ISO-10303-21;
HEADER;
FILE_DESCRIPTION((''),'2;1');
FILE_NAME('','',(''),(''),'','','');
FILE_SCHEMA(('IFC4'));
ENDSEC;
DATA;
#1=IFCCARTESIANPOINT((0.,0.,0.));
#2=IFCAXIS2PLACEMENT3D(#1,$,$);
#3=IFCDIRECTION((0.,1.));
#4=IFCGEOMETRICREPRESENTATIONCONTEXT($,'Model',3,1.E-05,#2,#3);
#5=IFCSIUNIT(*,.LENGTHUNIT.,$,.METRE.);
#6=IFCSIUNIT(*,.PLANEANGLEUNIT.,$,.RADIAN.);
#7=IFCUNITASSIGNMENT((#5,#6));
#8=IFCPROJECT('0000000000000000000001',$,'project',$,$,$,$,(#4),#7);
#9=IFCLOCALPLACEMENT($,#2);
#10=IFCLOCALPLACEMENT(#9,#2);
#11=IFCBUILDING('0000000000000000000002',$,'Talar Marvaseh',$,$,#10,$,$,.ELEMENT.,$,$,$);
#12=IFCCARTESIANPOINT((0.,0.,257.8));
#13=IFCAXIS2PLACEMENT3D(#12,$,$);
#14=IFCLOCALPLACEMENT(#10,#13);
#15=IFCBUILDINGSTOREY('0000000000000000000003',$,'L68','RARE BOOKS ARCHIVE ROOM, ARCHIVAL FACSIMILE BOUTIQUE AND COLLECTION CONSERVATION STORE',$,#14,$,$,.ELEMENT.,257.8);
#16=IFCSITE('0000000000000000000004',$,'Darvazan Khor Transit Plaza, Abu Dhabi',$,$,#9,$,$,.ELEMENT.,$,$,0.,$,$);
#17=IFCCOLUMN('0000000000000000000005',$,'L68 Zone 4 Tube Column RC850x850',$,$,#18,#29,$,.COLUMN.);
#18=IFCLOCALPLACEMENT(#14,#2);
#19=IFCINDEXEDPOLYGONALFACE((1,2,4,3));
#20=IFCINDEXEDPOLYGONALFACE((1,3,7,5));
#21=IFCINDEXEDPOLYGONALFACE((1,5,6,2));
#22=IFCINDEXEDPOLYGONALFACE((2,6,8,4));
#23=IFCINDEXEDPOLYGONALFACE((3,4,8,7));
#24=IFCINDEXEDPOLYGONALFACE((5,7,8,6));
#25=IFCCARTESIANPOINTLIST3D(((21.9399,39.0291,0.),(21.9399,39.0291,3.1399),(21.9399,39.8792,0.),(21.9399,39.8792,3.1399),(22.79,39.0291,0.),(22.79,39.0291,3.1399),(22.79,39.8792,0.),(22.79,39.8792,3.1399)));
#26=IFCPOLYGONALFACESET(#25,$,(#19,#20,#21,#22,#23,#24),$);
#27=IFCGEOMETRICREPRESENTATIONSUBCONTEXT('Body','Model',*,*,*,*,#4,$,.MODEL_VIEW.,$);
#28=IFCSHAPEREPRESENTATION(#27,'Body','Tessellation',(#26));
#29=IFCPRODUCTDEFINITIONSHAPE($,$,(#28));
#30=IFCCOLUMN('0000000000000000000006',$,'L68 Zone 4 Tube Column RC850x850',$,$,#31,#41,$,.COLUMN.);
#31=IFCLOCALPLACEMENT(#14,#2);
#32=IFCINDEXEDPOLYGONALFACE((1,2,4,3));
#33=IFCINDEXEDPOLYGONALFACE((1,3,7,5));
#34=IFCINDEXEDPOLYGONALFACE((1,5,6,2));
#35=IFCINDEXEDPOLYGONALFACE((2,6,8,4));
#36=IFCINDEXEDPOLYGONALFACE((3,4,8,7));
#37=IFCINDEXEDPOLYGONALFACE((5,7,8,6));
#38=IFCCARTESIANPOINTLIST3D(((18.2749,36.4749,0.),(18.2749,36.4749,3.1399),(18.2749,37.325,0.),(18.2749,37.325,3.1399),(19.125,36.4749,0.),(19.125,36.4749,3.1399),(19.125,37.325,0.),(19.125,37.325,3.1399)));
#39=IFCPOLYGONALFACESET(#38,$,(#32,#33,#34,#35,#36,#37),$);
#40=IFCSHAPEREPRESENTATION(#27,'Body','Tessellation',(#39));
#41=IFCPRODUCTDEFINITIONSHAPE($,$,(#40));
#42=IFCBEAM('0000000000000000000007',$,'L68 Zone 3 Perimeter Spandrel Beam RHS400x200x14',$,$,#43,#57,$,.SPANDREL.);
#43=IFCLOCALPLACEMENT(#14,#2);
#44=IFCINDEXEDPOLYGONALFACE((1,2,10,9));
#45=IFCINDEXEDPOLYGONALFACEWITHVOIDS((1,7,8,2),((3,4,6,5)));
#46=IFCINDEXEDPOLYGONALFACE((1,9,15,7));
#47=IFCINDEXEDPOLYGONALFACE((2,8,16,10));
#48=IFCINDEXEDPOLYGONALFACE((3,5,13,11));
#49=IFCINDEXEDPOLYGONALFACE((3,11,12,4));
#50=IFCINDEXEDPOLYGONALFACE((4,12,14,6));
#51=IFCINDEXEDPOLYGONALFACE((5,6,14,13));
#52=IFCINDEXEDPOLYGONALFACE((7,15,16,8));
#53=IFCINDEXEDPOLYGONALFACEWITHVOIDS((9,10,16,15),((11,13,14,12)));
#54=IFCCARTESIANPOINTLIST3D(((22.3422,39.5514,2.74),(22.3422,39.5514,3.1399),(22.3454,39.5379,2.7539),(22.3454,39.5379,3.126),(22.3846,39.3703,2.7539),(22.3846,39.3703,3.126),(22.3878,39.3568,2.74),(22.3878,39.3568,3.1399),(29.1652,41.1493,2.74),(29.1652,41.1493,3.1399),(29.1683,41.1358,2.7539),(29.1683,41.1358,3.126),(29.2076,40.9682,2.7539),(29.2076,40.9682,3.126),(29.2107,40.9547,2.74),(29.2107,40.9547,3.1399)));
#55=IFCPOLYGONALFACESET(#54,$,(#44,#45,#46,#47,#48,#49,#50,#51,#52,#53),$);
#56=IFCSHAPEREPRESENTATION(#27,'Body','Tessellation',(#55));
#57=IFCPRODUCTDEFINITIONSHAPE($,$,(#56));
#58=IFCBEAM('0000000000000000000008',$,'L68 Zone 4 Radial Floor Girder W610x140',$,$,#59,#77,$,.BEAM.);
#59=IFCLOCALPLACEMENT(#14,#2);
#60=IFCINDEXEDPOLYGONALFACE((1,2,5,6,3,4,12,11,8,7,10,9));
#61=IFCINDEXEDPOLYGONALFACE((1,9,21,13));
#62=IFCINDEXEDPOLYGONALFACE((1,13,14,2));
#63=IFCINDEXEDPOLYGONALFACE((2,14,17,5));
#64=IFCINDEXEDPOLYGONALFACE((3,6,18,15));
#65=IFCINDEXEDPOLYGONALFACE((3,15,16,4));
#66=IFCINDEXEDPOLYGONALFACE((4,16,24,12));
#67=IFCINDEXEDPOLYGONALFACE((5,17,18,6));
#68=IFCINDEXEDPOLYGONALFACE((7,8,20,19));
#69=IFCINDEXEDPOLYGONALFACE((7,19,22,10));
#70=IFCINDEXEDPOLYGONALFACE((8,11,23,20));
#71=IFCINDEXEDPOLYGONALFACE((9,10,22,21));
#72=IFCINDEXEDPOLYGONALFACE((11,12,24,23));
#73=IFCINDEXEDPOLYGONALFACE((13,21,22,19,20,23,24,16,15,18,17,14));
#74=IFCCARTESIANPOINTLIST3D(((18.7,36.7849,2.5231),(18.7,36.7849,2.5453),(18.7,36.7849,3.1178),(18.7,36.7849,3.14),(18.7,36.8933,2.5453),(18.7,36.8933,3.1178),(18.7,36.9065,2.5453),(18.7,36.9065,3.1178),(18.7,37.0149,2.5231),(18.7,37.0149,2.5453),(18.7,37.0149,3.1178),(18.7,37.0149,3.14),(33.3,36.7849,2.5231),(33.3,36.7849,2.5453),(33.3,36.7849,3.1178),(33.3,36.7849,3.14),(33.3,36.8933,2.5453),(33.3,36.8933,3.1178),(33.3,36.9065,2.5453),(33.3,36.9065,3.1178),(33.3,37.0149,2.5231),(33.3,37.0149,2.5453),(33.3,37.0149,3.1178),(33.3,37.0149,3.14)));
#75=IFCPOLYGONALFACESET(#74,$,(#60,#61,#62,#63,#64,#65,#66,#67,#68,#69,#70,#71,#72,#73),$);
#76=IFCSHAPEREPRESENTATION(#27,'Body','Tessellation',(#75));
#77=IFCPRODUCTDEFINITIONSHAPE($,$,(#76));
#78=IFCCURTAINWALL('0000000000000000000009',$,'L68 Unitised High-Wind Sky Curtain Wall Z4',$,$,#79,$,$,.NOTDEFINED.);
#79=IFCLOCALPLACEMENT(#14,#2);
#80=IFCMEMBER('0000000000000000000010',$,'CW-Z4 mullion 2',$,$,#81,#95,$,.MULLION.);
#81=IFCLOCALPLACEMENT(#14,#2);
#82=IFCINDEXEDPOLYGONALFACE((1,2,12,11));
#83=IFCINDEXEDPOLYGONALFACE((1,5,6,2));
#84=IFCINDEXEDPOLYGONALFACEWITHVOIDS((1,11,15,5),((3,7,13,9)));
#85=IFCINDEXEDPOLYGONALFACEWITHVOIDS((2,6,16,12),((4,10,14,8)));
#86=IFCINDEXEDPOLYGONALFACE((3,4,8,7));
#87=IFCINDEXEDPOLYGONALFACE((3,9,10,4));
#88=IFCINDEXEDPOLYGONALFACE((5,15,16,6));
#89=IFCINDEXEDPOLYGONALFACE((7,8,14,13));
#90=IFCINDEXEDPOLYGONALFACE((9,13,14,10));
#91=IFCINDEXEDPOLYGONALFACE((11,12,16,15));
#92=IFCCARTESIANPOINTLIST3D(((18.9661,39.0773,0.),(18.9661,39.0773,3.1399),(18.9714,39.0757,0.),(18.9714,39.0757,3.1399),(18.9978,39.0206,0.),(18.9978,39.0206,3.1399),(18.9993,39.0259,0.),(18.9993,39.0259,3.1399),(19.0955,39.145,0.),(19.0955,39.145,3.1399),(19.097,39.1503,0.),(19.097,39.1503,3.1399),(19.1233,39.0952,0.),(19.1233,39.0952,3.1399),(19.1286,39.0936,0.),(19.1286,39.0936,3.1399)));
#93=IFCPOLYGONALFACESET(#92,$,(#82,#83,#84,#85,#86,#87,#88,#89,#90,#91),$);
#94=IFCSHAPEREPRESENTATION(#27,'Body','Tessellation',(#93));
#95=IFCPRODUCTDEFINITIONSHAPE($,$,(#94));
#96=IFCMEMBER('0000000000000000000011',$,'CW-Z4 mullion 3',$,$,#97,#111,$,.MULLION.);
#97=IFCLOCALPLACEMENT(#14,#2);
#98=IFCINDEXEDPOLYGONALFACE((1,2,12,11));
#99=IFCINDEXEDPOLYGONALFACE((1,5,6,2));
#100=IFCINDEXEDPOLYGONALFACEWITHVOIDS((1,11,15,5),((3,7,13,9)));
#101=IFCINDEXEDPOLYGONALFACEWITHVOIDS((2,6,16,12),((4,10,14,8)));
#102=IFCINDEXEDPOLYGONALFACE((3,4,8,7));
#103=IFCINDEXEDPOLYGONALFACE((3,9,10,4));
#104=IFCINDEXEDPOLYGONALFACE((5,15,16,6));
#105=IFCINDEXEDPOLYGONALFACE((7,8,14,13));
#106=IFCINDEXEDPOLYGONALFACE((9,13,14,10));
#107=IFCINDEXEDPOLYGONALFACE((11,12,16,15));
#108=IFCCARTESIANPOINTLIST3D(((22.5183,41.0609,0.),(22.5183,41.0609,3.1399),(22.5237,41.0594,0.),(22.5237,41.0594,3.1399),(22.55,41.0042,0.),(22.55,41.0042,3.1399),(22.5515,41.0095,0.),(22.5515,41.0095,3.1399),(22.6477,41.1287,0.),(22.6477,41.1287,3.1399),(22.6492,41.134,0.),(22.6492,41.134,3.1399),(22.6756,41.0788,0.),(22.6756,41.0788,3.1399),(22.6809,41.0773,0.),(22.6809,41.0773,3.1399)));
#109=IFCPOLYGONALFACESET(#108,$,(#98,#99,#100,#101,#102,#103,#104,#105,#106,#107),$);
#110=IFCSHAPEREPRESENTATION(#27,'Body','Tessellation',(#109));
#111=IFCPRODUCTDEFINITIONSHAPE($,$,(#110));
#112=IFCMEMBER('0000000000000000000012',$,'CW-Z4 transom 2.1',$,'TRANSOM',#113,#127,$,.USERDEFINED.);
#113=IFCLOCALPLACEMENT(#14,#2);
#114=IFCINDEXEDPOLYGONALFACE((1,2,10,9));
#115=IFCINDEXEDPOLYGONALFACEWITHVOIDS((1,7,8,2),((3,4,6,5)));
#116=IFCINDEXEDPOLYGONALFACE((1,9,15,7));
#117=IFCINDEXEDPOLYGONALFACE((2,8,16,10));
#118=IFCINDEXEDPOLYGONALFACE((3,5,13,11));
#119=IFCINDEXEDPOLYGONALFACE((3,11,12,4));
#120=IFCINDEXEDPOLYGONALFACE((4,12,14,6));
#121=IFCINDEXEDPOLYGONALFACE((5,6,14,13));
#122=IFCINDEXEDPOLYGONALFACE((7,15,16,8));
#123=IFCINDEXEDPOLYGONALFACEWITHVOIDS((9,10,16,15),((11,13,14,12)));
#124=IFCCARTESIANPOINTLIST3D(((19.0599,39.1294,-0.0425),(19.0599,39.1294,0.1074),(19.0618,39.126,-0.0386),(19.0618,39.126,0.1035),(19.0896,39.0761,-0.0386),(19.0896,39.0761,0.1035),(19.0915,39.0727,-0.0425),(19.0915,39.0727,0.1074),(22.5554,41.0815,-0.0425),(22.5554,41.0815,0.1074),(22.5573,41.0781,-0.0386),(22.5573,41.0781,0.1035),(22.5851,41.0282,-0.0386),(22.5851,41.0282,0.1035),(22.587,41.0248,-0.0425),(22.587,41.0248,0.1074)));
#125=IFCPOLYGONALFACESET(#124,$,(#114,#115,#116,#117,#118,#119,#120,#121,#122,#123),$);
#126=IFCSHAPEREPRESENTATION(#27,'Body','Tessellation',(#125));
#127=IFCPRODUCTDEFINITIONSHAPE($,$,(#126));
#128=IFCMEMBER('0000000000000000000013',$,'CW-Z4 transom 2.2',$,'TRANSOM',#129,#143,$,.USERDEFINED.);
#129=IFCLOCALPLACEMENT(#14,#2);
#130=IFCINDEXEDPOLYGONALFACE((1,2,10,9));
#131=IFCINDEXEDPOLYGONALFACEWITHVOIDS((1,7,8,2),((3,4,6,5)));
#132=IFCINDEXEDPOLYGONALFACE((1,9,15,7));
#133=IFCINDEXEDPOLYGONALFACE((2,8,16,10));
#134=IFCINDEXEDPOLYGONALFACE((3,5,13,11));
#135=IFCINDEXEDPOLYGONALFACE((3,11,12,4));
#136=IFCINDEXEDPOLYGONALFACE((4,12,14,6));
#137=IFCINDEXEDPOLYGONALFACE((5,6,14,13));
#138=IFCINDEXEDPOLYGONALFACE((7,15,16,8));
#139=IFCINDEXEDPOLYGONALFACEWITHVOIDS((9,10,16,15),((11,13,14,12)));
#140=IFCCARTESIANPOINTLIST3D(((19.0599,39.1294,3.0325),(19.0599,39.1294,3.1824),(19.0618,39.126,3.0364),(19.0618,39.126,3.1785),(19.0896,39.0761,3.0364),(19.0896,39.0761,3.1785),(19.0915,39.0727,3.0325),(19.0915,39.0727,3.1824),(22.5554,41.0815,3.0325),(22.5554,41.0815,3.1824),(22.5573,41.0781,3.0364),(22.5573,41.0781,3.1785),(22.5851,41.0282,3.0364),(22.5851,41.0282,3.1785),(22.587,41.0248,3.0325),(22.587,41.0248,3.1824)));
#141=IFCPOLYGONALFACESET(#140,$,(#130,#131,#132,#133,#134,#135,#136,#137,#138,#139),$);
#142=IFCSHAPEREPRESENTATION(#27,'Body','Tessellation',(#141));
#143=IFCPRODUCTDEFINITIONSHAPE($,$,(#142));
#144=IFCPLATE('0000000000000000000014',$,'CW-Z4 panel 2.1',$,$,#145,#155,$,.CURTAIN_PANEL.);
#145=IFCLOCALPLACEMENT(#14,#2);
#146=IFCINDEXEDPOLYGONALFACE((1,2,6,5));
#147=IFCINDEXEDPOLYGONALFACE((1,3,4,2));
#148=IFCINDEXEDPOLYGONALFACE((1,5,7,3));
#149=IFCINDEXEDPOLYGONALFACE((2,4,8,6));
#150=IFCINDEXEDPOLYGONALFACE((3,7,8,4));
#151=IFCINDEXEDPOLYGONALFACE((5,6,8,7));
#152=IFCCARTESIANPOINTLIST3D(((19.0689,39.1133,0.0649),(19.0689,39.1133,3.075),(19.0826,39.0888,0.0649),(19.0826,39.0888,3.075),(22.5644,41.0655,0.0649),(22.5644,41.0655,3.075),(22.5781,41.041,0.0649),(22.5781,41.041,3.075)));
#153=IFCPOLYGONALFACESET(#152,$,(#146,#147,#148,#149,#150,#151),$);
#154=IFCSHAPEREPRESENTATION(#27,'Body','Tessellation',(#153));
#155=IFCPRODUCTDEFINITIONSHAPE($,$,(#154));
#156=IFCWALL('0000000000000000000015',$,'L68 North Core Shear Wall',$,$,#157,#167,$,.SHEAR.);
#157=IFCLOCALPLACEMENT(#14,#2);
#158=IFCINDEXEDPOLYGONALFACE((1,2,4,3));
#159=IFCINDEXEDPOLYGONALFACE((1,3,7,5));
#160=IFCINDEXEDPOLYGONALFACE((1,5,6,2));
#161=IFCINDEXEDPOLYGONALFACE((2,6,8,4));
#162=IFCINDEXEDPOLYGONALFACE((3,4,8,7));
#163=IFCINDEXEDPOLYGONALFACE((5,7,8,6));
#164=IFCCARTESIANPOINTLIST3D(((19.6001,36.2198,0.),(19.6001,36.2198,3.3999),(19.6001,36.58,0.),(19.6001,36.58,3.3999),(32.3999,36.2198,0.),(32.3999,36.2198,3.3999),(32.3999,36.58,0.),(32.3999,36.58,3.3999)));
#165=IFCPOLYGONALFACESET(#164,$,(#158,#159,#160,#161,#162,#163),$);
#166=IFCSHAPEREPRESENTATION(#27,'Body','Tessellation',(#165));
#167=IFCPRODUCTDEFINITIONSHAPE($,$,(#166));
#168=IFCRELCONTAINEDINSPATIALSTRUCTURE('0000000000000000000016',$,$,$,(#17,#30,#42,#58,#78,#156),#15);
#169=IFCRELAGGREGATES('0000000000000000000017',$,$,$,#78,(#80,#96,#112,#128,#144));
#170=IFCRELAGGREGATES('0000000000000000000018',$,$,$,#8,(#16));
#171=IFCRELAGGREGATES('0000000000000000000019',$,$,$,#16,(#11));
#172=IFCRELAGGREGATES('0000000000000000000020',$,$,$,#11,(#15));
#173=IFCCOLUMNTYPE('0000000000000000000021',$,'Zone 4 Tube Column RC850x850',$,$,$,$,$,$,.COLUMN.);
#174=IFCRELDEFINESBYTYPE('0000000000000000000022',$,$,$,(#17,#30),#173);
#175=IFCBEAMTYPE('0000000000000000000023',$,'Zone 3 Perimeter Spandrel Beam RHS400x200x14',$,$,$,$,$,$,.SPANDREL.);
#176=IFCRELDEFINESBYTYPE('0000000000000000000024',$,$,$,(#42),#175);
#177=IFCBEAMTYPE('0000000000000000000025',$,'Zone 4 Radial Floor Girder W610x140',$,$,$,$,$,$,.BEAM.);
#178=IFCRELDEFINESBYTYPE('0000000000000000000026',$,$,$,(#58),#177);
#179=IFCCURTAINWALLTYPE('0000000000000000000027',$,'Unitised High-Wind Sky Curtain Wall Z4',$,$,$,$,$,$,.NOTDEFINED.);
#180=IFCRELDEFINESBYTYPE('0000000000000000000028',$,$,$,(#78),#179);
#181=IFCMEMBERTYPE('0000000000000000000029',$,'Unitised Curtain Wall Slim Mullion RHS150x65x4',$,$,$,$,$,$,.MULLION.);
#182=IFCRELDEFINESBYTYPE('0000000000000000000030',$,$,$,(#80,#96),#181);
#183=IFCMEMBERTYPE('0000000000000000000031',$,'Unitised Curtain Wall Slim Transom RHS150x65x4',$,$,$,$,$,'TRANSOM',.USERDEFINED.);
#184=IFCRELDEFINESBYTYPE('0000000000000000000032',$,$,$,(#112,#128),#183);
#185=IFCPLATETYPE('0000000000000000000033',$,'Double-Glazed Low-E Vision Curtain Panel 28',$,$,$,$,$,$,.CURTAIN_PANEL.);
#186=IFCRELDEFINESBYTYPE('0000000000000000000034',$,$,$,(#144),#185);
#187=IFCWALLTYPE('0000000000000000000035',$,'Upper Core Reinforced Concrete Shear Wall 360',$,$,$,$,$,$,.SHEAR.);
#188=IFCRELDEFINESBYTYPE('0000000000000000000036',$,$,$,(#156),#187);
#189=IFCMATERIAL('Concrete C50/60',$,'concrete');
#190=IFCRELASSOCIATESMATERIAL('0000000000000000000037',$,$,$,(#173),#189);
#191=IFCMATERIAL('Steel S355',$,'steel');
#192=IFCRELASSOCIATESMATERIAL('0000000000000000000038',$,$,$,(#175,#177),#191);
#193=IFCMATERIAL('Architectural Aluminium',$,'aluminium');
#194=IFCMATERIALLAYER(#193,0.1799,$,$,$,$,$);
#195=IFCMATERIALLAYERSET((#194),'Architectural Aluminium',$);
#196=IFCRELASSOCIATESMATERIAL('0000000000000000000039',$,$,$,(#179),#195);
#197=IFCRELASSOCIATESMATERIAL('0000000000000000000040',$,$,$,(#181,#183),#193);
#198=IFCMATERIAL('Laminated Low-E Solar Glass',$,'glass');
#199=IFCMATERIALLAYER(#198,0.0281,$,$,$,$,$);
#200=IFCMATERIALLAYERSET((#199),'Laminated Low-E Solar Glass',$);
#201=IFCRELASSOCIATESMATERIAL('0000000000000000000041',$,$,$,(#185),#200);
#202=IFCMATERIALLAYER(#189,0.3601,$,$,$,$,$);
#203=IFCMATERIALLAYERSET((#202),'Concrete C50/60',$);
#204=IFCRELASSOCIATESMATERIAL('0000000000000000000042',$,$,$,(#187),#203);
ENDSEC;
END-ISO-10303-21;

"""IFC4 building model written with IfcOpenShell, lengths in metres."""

from ifc_helpers import new_model, si_unit, direction, frame, frame_2d, origin, origin_2d, place, context, subcontext, project, spatial, rectangle, hollow_rectangle, i_section, extrude, source, transform, mapped, material, layer, layer_set, material_profile, profile_set, type_object, type_shapes, element, aggregate, save


model = new_model("IFC4")

# Units and contexts
model_context = context("Model", 3, precision=1e-05, world=origin(), true_north=direction((0.0, 1.0)))
body_context = subcontext(model_context, "Body", "Model", "MODEL_VIEW")
ifc_project = project(units=[si_unit("LENGTHUNIT", "METRE"), si_unit("PLANEANGLEUNIT", "RADIAN")], contexts=[model_context])

# Site, building, storey
site_placement = place(None, origin())
site = spatial("IfcSite", under=ifc_project, at=site_placement, Name="Darvazan Khor Transit Plaza, Abu Dhabi", CompositionType="ELEMENT", RefElevation=0.0)
building_placement = place(site_placement, origin())
building = spatial("IfcBuilding", under=site, at=building_placement, Name="Talar Marvaseh", CompositionType="ELEMENT")
storey_placement = place(building_placement, frame((0.0, 0.0, 257.8)))
storey = spatial("IfcBuildingStorey", under=building, at=storey_placement, Name="L68", Description="RARE BOOKS ARCHIVE ROOM, ARCHIVAL FACSIMILE BOUTIQUE AND COLLECTION CONSERVATION STORE", CompositionType="ELEMENT", Elevation=257.8)

# Columns
ifc_material_1 = material(Name="Concrete C50/60", Category="concrete")
ifc_material_profile_1 = material_profile(ifc_material_1, rectangle(XDim=0.8501, YDim=0.8501, at=origin_2d()), Name="RC850x850")
ifc_profile_set_1 = profile_set([ifc_material_profile_1], Name="Concrete C50/60")
column_type = type_object("IfcColumnType", Name="Zone 4 Tube Column RC850x850", PredefinedType="COLUMN", material=ifc_profile_set_1)
for number, where, z_axis, x_axis, name in (
    (1, (22.365, 39.4541, 0.0), (0.0, 0.0, 1.0), (1.0, 0.0, 0.0), "L68 Zone 4 Tube Column RC850x850"),
    (2, (18.7, 36.8999, 0.0), (0.0, 0.0, 1.0), (1.0, 0.0, 0.0), "L68 Zone 4 Tube Column RC850x850"),
):
    element("IfcColumn", number, at=place(storey_placement, frame(where, z_axis=z_axis, x_axis=x_axis)), inside=storey, type_object=column_type, Name=name, PredefinedType="COLUMN", context=body_context, shape_type="SweptSolid", body=[
        extrude(rectangle(XDim=0.8501, YDim=0.8501, at=origin_2d()), origin(), (0.0, 0.0, 1.0), 3.1399),
    ])

# Beams
ifc_material_2 = material(Name="Steel S355", Category="steel")
ifc_material_profile_2 = material_profile(ifc_material_2, hollow_rectangle(XDim=0.2, YDim=0.3999, WallThickness=0.0139, at=origin_2d()), Name="RHS400x200x14")
ifc_profile_set_2 = profile_set([ifc_material_profile_2], Name="Steel S355")
beam_type_1 = type_object("IfcBeamType", Name="Zone 3 Perimeter Spandrel Beam RHS400x200x14", PredefinedType="SPANDREL", material=ifc_profile_set_2)
beam_1_placement = place(storey_placement, frame((22.365, 39.4541, 2.9399), z_axis=(0.973656, 0.228024, 0.0), x_axis=(-0.228024, 0.973656, 0.0)))
element("IfcBeam", 3, at=beam_1_placement, inside=storey, type_object=beam_type_1, Name="L68 Zone 3 Perimeter Spandrel Beam RHS400x200x14", PredefinedType="SPANDREL", context=body_context, shape_type="SweptSolid", body=[
    extrude(hollow_rectangle(XDim=0.2, YDim=0.3999, WallThickness=0.0139, at=origin_2d()), origin(), (0.0, 0.0, 1.0), 7.0076),
])
ifc_material_profile_3 = material_profile(ifc_material_2, i_section(OverallWidth=0.23, OverallDepth=0.6169, WebThickness=0.0132, FlangeThickness=0.0222, at=origin_2d()), Name="W610x140")
ifc_profile_set_3 = profile_set([ifc_material_profile_3], Name="Steel S355")
beam_type_2 = type_object("IfcBeamType", Name="Zone 4 Radial Floor Girder W610x140", PredefinedType="BEAM", material=ifc_profile_set_3)
beam_2_placement = place(storey_placement, frame((18.7, 36.8999, 2.8315), z_axis=(1.0, 0.0, 0.0), x_axis=(0.0, 1.0, 0.0)))
element("IfcBeam", 4, at=beam_2_placement, inside=storey, type_object=beam_type_2, Name="L68 Zone 4 Radial Floor Girder W610x140", PredefinedType="BEAM", context=body_context, shape_type="SweptSolid", body=[
    extrude(i_section(OverallWidth=0.23, OverallDepth=0.6169, WebThickness=0.0132, FlangeThickness=0.0222, at=origin_2d()), origin(), (0.0, 0.0, 1.0), 14.6001),
])

# Curtain wall, members, plate
ifc_material_3 = material(Name="Architectural Aluminium", Category="aluminium")
ifc_layer_1 = layer(ifc_material_3, 0.1799)
ifc_layer_set_1 = layer_set([ifc_layer_1], Name="Architectural Aluminium")
curtain_wall_type = type_object("IfcCurtainWallType", Name="Unitised High-Wind Sky Curtain Wall Z4", PredefinedType="NOTDEFINED", material=ifc_layer_set_1)
curtain_wall_placement = place(storey_placement, origin())
curtain_wall = element("IfcCurtainWall", 5, at=curtain_wall_placement, inside=storey, type_object=curtain_wall_type, Name="L68 Unitised High-Wind Sky Curtain Wall Z4", PredefinedType="NOTDEFINED")
ifc_material_profile_4 = material_profile(ifc_material_3, hollow_rectangle(XDim=0.0649, YDim=0.1499, WallThickness=0.0039, at=origin_2d()), Name="RHS150x65x4")
ifc_profile_set_4 = profile_set([ifc_material_profile_4], Name="Architectural Aluminium")
member_type_1 = type_object("IfcMemberType", Name="Unitised Curtain Wall Slim Mullion RHS150x65x4", PredefinedType="MULLION", material=ifc_profile_set_4)
shared_shape_1 = source(origin(), body_context, "Body", "SweptSolid", [
    extrude(hollow_rectangle(XDim=0.0649, YDim=0.1499, WallThickness=0.0039, at=origin_2d()), origin(), (0.0, 0.0, 1.0), 3.1399),
])
type_shapes(member_type_1, [shared_shape_1])
member_1_placement = place(storey_placement, frame((19.0474, 39.0854, 0.0), z_axis=(0.0, 0.0, 1.0), x_axis=(-0.487589, 0.873073, 0.0)))
member_1 = element("IfcMember", 6, at=member_1_placement, type_object=member_type_1, Name="CW-Z4 mullion 2", PredefinedType="MULLION", context=body_context, shape_type="MappedRepresentation", body=[
    mapped(shared_shape_1, transform((0.0, 0.0, 0.0), x_axis=(1.0, 0.0, 0.0), y_axis=(0.0, 1.0, 0.0), z_axis=(0.0, 0.0, 1.0), scale=1.0)),
])
member_2_placement = place(storey_placement, frame((22.5996, 41.0691, 0.0), z_axis=(0.0, 0.0, 1.0), x_axis=(-0.487589, 0.873073, 0.0)))
member_2 = element("IfcMember", 7, at=member_2_placement, type_object=member_type_1, Name="CW-Z4 mullion 3", PredefinedType="MULLION", context=body_context, shape_type="MappedRepresentation", body=[
    mapped(shared_shape_1, transform((0.0, 0.0, 0.0), x_axis=(1.0, 0.0, 0.0), y_axis=(0.0, 1.0, 0.0), z_axis=(0.0, 0.0, 1.0), scale=1.0)),
])
ifc_material_profile_5 = material_profile(ifc_material_3, hollow_rectangle(XDim=0.0649, YDim=0.1499, WallThickness=0.0039, at=origin_2d()), Name="RHS150x65x4")
ifc_profile_set_5 = profile_set([ifc_material_profile_5], Name="Architectural Aluminium")
member_type_2 = type_object("IfcMemberType", Name="Unitised Curtain Wall Slim Transom RHS150x65x4", ElementType="TRANSOM", PredefinedType="USERDEFINED", material=ifc_profile_set_5)
shared_shape_2 = source(origin(), body_context, "Body", "SweptSolid", [
    extrude(hollow_rectangle(XDim=0.0649, YDim=0.1499, WallThickness=0.0039, at=origin_2d()), origin(), (0.0, 0.0, 1.0), 4.0037),
])
type_shapes(member_type_2, [shared_shape_2])
member_3_placement = place(storey_placement, frame((19.0757, 39.1011, 0.0325), z_axis=(0.873079, 0.487578, 0.0), x_axis=(-0.487578, 0.873079, 0.0)))
member_3 = element("IfcMember", 8, at=member_3_placement, type_object=member_type_2, Name="CW-Z4 transom 2.1", ObjectType="TRANSOM", PredefinedType="USERDEFINED", context=body_context, shape_type="MappedRepresentation", body=[
    mapped(shared_shape_2, transform((0.0, 0.0, 0.0), x_axis=(1.0, 0.0, 0.0), y_axis=(0.0, 1.0, 0.0), z_axis=(0.0, 0.0, 1.0), scale=1.0)),
])
member_4_placement = place(storey_placement, frame((19.0757, 39.1011, 3.1074), z_axis=(0.873079, 0.487578, 0.0), x_axis=(-0.487578, 0.873079, 0.0)))
member_4 = element("IfcMember", 9, at=member_4_placement, type_object=member_type_2, Name="CW-Z4 transom 2.2", ObjectType="TRANSOM", PredefinedType="USERDEFINED", context=body_context, shape_type="MappedRepresentation", body=[
    mapped(shared_shape_2, transform((0.0, 0.0, 0.0), x_axis=(1.0, 0.0, 0.0), y_axis=(0.0, 1.0, 0.0), z_axis=(0.0, 0.0, 1.0), scale=1.0)),
])
ifc_material_4 = material(Name="Laminated Low-E Solar Glass", Category="glass")
ifc_layer_2 = layer(ifc_material_4, 0.0281)
ifc_layer_set_2 = layer_set([ifc_layer_2], Name="Laminated Low-E Solar Glass")
plate_type = type_object("IfcPlateType", Name="Double-Glazed Low-E Vision Curtain Panel 28", PredefinedType="CURTAIN_PANEL", material=ifc_layer_set_2)
shared_shape_3 = source(origin(), body_context, "Body", "SweptSolid", [
    extrude(rectangle(XDim=4.0037, YDim=0.0281, at=origin_2d()), origin(), (0.0, 0.0, 1.0), 3.01),
])
type_shapes(plate_type, [shared_shape_3])
plate_placement = place(storey_placement, frame((20.8235, 40.0771, 0.0649), z_axis=(0.0, 0.0, 1.0), x_axis=(0.873073, 0.487589, 0.0)))
plate = element("IfcPlate", 10, at=plate_placement, type_object=plate_type, Name="CW-Z4 panel 2.1", PredefinedType="CURTAIN_PANEL", context=body_context, shape_type="MappedRepresentation", body=[
    mapped(shared_shape_3, transform((0.0, 0.0, 0.0), x_axis=(1.0, 0.0, 0.0), y_axis=(0.0, 1.0, 0.0), z_axis=(0.0, 0.0, 1.0), scale=1.0)),
])
aggregate(curtain_wall, [member_1, member_2, member_3, member_4, plate])

# Wall
ifc_layer_3 = layer(ifc_material_1, 0.3601)
ifc_layer_set_3 = layer_set([ifc_layer_3], Name="Concrete C50/60")
wall_type = type_object("IfcWallType", Name="Upper Core Reinforced Concrete Shear Wall 360", PredefinedType="SHEAR", material=ifc_layer_set_3)
wall_placement = place(storey_placement, frame((19.6001, 36.3999, 0.0), z_axis=(0.0, 0.0, 1.0), x_axis=(1.0, 0.0, 0.0)))
element("IfcWall", 11, at=wall_placement, inside=storey, type_object=wall_type, Name="L68 North Core Shear Wall", PredefinedType="SHEAR", context=body_context, shape_type="SweptSolid", body=[
    extrude(rectangle(XDim=12.7998, YDim=0.3601, at=frame_2d((6.3999, 0.0))), origin(), (0.0, 0.0, 1.0), 3.3999),
])

save(model, "model.ifc")
